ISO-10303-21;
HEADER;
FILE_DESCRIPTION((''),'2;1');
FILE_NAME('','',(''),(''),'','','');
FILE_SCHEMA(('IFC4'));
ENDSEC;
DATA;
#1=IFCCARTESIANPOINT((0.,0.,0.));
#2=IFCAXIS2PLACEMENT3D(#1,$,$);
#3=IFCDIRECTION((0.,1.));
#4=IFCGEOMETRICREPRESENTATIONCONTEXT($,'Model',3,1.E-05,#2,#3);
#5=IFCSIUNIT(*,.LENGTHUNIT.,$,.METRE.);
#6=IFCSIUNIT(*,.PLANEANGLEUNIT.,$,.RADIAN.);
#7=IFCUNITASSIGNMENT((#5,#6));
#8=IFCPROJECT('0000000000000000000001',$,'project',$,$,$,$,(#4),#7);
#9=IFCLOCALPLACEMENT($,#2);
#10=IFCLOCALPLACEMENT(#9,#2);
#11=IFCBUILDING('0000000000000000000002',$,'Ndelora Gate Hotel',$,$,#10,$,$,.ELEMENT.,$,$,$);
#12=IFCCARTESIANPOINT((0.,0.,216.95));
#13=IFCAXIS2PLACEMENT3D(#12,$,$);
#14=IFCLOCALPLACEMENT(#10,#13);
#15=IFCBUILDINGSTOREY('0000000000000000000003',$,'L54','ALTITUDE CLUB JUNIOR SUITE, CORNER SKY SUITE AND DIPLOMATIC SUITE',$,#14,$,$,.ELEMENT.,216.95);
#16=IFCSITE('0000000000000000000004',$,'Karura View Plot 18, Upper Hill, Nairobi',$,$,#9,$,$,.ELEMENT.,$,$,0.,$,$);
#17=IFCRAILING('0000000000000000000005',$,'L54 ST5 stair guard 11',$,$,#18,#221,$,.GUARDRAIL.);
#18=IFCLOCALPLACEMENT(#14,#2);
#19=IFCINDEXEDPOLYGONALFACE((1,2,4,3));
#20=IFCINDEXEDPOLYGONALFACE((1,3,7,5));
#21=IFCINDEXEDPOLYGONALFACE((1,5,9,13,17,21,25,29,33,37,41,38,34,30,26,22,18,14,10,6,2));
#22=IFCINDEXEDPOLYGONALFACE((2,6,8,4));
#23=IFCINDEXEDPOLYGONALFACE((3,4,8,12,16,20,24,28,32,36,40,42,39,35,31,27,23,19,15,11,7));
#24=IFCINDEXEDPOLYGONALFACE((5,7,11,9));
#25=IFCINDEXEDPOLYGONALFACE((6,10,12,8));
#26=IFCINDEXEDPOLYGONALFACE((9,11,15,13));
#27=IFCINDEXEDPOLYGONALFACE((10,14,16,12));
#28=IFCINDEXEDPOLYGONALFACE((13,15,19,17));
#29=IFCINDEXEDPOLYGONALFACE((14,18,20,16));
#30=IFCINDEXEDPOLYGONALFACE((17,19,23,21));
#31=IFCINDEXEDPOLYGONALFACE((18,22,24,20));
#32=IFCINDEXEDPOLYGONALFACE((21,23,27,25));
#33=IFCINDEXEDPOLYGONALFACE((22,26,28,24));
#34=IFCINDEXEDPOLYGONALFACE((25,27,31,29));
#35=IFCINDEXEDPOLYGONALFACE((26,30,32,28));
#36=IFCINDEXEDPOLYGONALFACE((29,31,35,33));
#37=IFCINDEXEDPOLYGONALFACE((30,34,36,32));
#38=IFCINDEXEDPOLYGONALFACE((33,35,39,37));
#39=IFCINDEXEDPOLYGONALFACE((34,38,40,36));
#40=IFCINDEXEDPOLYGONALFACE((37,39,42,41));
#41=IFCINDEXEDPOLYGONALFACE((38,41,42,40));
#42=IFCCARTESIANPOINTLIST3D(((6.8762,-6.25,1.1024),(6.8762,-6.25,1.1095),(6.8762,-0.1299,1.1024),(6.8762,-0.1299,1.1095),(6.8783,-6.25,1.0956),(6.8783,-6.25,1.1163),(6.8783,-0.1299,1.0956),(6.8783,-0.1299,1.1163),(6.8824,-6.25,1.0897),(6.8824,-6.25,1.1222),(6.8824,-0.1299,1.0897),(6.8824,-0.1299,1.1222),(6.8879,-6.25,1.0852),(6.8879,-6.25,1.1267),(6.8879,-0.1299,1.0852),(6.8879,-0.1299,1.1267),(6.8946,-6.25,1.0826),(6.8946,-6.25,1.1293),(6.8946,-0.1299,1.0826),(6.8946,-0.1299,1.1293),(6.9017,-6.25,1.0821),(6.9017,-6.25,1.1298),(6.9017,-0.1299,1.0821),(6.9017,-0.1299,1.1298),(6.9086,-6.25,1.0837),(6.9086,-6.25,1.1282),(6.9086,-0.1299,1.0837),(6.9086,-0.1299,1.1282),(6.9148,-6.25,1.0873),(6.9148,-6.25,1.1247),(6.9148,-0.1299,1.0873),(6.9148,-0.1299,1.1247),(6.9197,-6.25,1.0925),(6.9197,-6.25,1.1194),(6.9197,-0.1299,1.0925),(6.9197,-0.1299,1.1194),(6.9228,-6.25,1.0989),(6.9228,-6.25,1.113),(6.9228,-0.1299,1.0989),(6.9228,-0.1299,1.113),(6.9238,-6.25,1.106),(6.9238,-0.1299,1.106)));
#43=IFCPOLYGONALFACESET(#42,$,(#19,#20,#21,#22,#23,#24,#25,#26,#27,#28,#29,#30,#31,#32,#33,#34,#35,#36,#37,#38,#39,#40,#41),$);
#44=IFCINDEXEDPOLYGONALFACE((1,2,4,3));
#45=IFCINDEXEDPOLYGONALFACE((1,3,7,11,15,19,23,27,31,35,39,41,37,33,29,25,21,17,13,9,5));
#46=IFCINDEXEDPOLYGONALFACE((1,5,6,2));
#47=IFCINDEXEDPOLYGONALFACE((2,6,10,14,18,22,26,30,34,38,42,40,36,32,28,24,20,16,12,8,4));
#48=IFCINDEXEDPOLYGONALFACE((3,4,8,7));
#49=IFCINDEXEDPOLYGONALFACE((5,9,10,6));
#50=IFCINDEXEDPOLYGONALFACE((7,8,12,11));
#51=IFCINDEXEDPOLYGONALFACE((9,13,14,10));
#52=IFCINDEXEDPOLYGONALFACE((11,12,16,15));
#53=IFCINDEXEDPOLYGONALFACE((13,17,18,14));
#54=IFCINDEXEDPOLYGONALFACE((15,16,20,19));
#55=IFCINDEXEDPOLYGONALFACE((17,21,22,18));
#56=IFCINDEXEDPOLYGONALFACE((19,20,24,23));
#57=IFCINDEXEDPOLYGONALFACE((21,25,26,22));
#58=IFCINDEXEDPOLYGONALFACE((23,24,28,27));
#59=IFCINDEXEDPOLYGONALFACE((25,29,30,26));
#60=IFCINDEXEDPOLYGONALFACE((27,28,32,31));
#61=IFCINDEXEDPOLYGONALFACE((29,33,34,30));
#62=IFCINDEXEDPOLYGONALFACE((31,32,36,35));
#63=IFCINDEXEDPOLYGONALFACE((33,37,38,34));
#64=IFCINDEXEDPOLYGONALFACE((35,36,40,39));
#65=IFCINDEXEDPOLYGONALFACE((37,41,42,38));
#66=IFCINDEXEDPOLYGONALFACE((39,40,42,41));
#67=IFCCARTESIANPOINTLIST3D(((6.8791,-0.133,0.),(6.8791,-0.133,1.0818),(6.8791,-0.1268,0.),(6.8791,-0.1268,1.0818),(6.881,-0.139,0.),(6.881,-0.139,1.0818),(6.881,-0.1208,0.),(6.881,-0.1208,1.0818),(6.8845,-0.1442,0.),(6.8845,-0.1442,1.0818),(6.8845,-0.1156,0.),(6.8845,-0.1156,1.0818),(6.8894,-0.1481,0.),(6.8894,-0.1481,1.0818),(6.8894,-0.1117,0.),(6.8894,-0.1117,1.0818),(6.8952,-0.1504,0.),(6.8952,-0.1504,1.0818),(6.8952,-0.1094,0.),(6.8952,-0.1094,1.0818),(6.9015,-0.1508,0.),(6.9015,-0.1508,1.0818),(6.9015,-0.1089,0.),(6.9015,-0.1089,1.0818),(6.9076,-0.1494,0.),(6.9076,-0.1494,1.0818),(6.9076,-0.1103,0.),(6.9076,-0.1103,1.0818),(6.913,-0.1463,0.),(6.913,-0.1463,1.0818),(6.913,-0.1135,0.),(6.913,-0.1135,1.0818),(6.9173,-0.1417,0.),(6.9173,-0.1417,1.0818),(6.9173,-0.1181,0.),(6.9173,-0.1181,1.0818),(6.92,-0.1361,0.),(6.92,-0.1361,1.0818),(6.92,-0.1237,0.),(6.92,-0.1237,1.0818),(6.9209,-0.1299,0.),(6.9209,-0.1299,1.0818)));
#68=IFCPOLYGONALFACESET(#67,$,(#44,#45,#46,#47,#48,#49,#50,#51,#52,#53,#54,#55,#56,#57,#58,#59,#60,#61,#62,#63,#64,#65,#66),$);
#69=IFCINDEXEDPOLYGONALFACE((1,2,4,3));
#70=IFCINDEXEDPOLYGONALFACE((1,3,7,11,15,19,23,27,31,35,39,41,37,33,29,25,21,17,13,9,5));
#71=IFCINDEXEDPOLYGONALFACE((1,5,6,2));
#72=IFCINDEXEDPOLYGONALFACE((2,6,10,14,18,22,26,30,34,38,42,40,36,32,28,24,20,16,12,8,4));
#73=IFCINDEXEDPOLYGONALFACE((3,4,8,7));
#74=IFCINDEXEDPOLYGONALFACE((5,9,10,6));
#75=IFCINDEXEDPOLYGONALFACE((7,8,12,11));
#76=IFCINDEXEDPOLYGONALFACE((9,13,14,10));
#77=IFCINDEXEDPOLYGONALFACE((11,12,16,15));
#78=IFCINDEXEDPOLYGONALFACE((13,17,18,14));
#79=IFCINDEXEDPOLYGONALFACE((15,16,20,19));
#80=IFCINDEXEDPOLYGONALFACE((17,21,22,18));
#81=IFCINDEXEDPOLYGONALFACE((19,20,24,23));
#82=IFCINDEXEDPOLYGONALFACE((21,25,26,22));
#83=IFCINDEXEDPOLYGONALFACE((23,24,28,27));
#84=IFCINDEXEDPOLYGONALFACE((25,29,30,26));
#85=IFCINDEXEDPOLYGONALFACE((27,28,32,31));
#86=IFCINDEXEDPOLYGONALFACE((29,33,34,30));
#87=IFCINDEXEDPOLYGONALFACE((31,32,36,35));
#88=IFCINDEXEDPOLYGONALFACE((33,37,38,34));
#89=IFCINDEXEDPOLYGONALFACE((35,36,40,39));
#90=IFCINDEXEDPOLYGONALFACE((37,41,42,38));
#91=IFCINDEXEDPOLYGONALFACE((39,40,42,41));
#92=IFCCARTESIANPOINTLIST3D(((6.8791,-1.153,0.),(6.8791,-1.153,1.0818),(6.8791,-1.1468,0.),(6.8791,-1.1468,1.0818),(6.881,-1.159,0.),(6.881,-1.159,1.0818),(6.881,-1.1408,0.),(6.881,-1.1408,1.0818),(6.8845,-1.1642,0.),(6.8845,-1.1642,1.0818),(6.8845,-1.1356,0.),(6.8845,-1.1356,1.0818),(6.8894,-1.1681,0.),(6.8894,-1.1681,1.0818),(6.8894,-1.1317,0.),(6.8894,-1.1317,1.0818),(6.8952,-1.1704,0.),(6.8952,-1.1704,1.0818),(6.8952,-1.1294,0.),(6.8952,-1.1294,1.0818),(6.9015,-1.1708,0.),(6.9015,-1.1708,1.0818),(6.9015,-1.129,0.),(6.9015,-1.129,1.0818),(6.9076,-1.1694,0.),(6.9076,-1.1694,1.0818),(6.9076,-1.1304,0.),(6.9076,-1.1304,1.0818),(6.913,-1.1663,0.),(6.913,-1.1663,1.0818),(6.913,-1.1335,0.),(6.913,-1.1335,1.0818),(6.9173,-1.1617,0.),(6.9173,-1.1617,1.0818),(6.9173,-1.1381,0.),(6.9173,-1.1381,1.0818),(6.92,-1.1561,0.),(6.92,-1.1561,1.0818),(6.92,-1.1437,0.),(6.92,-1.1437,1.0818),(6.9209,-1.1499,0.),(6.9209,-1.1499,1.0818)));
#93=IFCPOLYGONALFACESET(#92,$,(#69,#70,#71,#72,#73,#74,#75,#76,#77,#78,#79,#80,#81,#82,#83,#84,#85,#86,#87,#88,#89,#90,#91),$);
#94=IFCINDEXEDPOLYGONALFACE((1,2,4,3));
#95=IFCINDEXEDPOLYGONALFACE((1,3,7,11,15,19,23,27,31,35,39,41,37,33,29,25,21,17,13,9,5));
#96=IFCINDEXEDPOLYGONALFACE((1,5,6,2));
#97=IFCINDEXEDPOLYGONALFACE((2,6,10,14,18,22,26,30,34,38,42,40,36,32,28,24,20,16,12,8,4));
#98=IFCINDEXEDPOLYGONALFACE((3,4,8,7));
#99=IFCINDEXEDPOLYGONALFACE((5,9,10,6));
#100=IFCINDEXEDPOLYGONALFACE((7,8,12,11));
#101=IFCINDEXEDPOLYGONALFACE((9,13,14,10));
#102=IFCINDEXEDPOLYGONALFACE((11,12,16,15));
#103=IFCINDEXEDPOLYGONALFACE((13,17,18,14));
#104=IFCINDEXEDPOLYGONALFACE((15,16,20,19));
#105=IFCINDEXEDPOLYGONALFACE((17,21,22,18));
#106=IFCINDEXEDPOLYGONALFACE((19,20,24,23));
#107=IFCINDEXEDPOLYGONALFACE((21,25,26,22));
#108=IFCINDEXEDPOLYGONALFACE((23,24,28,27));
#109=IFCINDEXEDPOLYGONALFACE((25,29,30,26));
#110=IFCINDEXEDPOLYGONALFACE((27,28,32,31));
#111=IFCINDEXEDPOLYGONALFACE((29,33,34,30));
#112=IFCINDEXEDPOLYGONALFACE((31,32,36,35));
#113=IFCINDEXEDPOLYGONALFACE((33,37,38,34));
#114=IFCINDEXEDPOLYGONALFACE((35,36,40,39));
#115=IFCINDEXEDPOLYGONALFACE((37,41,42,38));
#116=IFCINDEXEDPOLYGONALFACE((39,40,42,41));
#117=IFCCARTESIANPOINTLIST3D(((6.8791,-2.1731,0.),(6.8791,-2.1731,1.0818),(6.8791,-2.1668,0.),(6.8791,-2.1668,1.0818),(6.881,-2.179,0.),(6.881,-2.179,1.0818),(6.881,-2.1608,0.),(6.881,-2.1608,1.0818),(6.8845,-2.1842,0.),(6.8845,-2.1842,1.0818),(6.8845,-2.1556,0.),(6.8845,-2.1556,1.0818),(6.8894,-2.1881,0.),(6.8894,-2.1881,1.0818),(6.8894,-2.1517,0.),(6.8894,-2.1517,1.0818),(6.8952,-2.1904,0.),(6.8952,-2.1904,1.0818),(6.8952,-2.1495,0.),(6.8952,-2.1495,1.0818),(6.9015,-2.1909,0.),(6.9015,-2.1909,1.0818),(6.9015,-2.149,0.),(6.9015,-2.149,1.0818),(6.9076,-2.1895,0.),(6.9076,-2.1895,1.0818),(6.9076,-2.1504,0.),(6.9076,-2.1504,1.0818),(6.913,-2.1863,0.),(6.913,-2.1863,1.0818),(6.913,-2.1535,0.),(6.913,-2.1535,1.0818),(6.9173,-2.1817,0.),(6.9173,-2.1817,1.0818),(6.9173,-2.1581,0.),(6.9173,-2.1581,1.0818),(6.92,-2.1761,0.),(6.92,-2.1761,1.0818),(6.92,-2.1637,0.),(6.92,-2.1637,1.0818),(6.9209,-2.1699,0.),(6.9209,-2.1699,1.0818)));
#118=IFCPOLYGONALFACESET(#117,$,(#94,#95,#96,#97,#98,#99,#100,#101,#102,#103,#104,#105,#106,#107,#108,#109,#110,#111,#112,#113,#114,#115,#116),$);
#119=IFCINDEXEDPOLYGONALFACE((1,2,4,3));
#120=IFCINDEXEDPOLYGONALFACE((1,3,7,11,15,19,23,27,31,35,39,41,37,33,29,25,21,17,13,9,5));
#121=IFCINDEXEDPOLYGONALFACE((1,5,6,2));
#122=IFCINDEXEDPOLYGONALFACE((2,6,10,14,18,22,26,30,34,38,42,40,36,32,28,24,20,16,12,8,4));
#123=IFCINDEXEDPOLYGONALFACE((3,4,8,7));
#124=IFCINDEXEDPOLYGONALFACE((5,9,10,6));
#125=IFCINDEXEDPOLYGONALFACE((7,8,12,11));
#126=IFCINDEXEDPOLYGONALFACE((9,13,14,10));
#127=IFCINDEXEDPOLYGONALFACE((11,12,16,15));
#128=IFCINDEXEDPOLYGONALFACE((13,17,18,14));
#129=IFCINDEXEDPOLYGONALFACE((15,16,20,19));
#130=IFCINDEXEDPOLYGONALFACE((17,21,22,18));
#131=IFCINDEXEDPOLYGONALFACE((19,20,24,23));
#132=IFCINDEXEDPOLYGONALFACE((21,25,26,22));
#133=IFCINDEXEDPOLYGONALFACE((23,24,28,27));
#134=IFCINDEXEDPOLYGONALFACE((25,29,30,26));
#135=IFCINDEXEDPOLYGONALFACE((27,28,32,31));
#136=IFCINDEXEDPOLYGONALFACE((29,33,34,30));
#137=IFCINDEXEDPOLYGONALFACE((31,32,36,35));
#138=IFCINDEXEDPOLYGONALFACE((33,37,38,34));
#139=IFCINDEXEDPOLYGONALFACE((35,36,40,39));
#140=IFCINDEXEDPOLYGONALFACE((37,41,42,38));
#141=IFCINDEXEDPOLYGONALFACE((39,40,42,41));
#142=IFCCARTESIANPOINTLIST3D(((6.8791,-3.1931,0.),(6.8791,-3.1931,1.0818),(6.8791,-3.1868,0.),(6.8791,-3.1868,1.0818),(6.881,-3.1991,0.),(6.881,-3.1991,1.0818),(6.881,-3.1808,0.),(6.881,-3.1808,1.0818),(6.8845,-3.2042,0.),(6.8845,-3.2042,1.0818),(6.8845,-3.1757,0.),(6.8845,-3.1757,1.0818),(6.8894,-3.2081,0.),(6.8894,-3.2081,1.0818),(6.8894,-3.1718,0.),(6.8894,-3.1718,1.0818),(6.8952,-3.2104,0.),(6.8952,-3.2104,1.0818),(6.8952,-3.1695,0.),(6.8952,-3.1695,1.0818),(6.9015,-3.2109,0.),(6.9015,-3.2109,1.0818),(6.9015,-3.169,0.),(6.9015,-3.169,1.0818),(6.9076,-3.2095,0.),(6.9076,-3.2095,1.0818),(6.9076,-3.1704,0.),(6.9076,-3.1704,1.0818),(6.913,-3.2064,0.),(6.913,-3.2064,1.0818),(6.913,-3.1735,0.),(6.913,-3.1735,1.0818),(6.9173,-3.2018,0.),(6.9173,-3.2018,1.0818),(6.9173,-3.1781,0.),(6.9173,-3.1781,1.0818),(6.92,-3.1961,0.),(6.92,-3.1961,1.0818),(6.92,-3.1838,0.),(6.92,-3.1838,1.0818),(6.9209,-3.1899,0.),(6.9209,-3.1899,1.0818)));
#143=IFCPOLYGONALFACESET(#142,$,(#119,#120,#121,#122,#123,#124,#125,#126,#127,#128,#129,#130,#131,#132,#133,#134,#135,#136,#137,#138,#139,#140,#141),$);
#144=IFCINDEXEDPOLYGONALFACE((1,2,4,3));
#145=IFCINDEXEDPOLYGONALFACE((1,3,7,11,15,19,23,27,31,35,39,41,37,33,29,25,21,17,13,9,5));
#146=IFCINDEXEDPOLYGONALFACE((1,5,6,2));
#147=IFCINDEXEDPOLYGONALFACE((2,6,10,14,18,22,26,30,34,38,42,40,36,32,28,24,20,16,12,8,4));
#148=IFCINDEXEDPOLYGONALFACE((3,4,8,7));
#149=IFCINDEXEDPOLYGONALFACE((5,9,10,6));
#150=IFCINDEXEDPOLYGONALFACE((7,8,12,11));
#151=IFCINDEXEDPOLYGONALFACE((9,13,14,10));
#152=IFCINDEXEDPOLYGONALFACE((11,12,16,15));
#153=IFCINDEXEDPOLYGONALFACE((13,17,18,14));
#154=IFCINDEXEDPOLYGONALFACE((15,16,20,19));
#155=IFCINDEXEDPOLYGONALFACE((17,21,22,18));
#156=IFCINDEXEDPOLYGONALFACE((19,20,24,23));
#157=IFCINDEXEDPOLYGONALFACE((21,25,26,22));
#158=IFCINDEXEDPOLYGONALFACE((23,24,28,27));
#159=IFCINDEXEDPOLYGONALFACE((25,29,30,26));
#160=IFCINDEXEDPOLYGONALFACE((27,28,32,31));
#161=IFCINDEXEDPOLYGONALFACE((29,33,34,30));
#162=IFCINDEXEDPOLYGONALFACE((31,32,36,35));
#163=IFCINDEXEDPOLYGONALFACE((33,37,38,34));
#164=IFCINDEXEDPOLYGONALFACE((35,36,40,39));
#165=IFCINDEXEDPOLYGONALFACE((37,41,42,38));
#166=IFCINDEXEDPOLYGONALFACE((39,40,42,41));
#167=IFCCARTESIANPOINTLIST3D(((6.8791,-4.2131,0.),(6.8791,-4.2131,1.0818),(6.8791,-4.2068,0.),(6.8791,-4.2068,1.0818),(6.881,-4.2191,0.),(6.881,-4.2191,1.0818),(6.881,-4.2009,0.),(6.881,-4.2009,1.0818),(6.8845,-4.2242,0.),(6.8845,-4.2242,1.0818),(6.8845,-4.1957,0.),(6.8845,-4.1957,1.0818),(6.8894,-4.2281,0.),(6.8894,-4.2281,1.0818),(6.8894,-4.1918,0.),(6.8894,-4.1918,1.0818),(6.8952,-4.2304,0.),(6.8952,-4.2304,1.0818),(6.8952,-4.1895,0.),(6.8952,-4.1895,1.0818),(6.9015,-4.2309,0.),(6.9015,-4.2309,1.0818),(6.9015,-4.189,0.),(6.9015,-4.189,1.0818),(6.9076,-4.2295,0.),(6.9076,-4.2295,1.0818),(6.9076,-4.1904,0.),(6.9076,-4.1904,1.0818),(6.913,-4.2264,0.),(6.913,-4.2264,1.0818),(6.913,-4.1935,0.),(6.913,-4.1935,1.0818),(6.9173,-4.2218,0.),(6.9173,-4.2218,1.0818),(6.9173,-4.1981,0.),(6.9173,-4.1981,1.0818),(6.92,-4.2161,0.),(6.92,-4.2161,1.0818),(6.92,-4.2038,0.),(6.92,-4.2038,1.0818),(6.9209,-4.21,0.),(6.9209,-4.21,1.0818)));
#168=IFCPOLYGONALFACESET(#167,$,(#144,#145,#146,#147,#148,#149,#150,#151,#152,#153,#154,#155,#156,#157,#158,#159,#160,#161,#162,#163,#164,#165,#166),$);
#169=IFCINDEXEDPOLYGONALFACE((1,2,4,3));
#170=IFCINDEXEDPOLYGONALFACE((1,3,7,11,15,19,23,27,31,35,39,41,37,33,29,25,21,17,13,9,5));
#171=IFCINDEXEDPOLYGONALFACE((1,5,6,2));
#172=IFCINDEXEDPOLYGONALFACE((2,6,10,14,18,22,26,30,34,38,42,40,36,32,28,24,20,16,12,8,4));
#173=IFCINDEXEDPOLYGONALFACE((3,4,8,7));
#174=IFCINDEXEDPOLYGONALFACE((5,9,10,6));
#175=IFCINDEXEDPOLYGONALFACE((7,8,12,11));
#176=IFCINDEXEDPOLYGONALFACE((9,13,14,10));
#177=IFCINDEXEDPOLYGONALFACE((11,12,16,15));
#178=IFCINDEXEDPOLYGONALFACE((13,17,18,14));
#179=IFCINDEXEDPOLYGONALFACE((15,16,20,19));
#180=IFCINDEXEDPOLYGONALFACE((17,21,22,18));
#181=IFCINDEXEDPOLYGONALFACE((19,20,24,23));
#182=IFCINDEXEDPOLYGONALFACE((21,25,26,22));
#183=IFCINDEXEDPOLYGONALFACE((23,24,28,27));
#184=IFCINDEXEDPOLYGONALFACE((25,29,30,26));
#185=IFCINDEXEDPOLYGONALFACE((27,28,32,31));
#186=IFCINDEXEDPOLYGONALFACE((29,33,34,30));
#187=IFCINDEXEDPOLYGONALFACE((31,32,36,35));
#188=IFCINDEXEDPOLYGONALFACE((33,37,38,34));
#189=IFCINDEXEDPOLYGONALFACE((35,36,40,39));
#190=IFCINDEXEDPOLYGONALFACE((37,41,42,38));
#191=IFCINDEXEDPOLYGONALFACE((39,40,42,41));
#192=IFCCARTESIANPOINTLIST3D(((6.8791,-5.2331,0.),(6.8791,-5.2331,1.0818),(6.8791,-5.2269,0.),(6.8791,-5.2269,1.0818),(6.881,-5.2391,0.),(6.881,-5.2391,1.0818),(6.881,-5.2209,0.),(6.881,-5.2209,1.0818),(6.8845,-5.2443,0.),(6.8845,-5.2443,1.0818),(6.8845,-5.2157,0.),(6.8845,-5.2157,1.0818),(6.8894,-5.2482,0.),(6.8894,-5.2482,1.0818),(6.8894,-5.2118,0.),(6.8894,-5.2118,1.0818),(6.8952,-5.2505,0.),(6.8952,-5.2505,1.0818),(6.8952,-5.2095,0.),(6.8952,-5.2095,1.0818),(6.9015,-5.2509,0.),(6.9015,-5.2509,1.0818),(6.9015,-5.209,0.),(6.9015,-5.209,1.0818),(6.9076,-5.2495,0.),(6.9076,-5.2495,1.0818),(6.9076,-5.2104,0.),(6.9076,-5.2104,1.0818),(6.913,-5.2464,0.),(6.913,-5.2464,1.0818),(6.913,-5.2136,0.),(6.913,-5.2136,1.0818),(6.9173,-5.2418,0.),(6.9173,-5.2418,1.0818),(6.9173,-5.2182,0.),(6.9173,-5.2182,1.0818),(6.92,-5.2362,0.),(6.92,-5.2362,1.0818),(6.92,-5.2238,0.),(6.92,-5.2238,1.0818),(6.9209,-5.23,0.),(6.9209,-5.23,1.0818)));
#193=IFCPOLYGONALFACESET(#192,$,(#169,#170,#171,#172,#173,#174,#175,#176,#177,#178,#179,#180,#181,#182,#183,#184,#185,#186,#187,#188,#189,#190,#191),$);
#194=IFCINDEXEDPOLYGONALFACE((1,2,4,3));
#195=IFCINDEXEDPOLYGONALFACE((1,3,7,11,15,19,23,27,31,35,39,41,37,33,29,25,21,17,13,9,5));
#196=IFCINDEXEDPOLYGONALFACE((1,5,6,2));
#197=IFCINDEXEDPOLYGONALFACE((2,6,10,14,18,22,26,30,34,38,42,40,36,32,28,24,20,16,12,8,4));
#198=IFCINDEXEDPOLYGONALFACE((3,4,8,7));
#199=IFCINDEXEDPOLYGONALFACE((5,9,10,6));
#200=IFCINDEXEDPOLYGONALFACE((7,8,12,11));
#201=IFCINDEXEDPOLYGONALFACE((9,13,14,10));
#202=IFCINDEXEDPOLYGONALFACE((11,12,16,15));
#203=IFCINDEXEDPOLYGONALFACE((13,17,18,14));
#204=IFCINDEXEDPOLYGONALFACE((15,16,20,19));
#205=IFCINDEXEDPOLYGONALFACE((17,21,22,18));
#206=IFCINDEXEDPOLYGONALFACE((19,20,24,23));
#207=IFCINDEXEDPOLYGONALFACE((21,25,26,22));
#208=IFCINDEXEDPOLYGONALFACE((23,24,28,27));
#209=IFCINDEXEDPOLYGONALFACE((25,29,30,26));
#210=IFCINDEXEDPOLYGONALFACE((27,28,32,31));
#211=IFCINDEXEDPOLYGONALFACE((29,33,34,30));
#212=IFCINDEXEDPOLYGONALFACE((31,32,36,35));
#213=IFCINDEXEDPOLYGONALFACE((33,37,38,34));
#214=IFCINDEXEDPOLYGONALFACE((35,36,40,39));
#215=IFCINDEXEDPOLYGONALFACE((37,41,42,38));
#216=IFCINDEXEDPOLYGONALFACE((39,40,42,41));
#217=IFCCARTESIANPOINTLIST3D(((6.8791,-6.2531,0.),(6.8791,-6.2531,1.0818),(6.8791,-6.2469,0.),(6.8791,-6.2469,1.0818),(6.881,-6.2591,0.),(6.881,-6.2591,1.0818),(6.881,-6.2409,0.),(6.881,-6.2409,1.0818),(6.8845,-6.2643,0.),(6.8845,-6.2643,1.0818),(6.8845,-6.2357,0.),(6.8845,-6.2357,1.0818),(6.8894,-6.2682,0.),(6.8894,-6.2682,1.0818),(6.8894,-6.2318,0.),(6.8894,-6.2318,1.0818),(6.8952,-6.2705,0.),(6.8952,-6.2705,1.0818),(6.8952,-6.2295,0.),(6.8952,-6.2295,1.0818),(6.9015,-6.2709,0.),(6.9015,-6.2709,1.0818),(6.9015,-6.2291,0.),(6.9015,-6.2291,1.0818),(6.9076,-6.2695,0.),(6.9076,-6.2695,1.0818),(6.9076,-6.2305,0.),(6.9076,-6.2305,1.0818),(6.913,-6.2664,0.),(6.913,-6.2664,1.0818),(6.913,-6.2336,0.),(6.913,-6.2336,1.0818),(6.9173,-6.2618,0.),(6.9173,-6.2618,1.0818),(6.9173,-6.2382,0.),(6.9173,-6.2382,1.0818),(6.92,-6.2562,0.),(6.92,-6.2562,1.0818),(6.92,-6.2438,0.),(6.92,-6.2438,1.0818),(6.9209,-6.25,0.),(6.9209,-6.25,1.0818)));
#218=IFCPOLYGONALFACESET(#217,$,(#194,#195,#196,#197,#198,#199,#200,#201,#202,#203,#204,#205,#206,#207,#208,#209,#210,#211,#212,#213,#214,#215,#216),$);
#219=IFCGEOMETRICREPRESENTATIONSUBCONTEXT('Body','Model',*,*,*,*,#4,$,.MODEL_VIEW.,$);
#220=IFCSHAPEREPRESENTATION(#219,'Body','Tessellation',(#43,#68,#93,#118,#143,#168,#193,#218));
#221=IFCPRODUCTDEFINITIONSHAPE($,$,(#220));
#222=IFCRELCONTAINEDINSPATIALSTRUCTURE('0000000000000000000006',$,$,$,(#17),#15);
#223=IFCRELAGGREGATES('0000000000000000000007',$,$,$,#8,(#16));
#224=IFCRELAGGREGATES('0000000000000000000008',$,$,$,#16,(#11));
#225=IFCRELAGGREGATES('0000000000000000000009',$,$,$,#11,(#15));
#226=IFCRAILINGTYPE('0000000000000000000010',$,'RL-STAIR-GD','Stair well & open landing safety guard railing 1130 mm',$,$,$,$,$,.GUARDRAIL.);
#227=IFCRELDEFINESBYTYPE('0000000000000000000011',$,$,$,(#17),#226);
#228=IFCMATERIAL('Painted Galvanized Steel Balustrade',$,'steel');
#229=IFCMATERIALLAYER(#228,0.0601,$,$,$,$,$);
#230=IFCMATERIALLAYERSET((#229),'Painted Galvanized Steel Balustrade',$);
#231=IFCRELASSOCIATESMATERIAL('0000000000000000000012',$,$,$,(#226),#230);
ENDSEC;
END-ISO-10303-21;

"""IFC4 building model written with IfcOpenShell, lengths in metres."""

from ifc_helpers import new_model, si_unit, direction, frame, origin, origin_2d, place, context, subcontext, project, spatial, circle, extrude, material, layer, layer_set, type_object, element, save


model = new_model("IFC4")

# Units and contexts
model_context = context("Model", 3, precision=1e-05, world=origin(), true_north=direction((0.0, 1.0)))
body_context = subcontext(model_context, "Body", "Model", "MODEL_VIEW")
ifc_project = project(units=[si_unit("LENGTHUNIT", "METRE"), si_unit("PLANEANGLEUNIT", "RADIAN")], contexts=[model_context])

# Site, building, storey
site_placement = place(None, origin())
site = spatial("IfcSite", under=ifc_project, at=site_placement, Name="Karura View Plot 18, Upper Hill, Nairobi", CompositionType="ELEMENT", RefElevation=0.0)
building_placement = place(site_placement, origin())
building = spatial("IfcBuilding", under=site, at=building_placement, Name="Ndelora Gate Hotel", CompositionType="ELEMENT")
storey_placement = place(building_placement, frame((0.0, 0.0, 216.95)))
storey = spatial("IfcBuildingStorey", under=building, at=storey_placement, Name="L54", Description="ALTITUDE CLUB JUNIOR SUITE, CORNER SKY SUITE AND DIPLOMATIC SUITE", CompositionType="ELEMENT", Elevation=216.95)

# Railing
ifc_material_1 = material(Name="Painted Galvanized Steel Balustrade", Category="steel")
ifc_layer_1 = layer(ifc_material_1, 0.0601)
ifc_layer_set_1 = layer_set([ifc_layer_1], Name="Painted Galvanized Steel Balustrade")
railing_type = type_object("IfcRailingType", Name="RL-STAIR-GD", Description="Stair well & open landing safety guard railing 1130 mm", PredefinedType="GUARDRAIL", material=ifc_layer_set_1)
railing_placement = place(storey_placement, frame((6.8999, -0.1299, 0.0)))
element("IfcRailing", 1, at=railing_placement, inside=storey, type_object=railing_type, Name="L54 ST5 stair guard 11", PredefinedType="GUARDRAIL", context=body_context, shape_type="SweptSolid", body=[
    extrude(circle(Radius=0.0239, at=origin_2d()), frame((0.0, 0.0, 1.106), z_axis=(0.0, -1.0, 0.0), x_axis=(1.0, 0.0, 0.0)), (0.0, 0.0, 1.0), 6.1201),
    extrude(circle(Radius=0.021, at=origin_2d()), origin(), (0.0, 0.0, 1.0), 1.0818),
    extrude(circle(Radius=0.021, at=origin_2d()), frame((0.0, -1.02, 0.0)), (0.0, 0.0, 1.0), 1.0818),
    extrude(circle(Radius=0.021, at=origin_2d()), frame((0.0, -2.04, 0.0)), (0.0, 0.0, 1.0), 1.0818),
    extrude(circle(Radius=0.021, at=origin_2d()), frame((0.0, -3.0601, 0.0)), (0.0, 0.0, 1.0), 1.0818),
    extrude(circle(Radius=0.021, at=origin_2d()), frame((0.0, -4.0801, 0.0)), (0.0, 0.0, 1.0), 1.0818),
    extrude(circle(Radius=0.021, at=origin_2d()), frame((0.0, -5.1001, 0.0)), (0.0, 0.0, 1.0), 1.0818),
    extrude(circle(Radius=0.021, at=origin_2d()), frame((0.0, -6.1201, 0.0)), (0.0, 0.0, 1.0), 1.0818),
])

save(model, "model.ifc")
